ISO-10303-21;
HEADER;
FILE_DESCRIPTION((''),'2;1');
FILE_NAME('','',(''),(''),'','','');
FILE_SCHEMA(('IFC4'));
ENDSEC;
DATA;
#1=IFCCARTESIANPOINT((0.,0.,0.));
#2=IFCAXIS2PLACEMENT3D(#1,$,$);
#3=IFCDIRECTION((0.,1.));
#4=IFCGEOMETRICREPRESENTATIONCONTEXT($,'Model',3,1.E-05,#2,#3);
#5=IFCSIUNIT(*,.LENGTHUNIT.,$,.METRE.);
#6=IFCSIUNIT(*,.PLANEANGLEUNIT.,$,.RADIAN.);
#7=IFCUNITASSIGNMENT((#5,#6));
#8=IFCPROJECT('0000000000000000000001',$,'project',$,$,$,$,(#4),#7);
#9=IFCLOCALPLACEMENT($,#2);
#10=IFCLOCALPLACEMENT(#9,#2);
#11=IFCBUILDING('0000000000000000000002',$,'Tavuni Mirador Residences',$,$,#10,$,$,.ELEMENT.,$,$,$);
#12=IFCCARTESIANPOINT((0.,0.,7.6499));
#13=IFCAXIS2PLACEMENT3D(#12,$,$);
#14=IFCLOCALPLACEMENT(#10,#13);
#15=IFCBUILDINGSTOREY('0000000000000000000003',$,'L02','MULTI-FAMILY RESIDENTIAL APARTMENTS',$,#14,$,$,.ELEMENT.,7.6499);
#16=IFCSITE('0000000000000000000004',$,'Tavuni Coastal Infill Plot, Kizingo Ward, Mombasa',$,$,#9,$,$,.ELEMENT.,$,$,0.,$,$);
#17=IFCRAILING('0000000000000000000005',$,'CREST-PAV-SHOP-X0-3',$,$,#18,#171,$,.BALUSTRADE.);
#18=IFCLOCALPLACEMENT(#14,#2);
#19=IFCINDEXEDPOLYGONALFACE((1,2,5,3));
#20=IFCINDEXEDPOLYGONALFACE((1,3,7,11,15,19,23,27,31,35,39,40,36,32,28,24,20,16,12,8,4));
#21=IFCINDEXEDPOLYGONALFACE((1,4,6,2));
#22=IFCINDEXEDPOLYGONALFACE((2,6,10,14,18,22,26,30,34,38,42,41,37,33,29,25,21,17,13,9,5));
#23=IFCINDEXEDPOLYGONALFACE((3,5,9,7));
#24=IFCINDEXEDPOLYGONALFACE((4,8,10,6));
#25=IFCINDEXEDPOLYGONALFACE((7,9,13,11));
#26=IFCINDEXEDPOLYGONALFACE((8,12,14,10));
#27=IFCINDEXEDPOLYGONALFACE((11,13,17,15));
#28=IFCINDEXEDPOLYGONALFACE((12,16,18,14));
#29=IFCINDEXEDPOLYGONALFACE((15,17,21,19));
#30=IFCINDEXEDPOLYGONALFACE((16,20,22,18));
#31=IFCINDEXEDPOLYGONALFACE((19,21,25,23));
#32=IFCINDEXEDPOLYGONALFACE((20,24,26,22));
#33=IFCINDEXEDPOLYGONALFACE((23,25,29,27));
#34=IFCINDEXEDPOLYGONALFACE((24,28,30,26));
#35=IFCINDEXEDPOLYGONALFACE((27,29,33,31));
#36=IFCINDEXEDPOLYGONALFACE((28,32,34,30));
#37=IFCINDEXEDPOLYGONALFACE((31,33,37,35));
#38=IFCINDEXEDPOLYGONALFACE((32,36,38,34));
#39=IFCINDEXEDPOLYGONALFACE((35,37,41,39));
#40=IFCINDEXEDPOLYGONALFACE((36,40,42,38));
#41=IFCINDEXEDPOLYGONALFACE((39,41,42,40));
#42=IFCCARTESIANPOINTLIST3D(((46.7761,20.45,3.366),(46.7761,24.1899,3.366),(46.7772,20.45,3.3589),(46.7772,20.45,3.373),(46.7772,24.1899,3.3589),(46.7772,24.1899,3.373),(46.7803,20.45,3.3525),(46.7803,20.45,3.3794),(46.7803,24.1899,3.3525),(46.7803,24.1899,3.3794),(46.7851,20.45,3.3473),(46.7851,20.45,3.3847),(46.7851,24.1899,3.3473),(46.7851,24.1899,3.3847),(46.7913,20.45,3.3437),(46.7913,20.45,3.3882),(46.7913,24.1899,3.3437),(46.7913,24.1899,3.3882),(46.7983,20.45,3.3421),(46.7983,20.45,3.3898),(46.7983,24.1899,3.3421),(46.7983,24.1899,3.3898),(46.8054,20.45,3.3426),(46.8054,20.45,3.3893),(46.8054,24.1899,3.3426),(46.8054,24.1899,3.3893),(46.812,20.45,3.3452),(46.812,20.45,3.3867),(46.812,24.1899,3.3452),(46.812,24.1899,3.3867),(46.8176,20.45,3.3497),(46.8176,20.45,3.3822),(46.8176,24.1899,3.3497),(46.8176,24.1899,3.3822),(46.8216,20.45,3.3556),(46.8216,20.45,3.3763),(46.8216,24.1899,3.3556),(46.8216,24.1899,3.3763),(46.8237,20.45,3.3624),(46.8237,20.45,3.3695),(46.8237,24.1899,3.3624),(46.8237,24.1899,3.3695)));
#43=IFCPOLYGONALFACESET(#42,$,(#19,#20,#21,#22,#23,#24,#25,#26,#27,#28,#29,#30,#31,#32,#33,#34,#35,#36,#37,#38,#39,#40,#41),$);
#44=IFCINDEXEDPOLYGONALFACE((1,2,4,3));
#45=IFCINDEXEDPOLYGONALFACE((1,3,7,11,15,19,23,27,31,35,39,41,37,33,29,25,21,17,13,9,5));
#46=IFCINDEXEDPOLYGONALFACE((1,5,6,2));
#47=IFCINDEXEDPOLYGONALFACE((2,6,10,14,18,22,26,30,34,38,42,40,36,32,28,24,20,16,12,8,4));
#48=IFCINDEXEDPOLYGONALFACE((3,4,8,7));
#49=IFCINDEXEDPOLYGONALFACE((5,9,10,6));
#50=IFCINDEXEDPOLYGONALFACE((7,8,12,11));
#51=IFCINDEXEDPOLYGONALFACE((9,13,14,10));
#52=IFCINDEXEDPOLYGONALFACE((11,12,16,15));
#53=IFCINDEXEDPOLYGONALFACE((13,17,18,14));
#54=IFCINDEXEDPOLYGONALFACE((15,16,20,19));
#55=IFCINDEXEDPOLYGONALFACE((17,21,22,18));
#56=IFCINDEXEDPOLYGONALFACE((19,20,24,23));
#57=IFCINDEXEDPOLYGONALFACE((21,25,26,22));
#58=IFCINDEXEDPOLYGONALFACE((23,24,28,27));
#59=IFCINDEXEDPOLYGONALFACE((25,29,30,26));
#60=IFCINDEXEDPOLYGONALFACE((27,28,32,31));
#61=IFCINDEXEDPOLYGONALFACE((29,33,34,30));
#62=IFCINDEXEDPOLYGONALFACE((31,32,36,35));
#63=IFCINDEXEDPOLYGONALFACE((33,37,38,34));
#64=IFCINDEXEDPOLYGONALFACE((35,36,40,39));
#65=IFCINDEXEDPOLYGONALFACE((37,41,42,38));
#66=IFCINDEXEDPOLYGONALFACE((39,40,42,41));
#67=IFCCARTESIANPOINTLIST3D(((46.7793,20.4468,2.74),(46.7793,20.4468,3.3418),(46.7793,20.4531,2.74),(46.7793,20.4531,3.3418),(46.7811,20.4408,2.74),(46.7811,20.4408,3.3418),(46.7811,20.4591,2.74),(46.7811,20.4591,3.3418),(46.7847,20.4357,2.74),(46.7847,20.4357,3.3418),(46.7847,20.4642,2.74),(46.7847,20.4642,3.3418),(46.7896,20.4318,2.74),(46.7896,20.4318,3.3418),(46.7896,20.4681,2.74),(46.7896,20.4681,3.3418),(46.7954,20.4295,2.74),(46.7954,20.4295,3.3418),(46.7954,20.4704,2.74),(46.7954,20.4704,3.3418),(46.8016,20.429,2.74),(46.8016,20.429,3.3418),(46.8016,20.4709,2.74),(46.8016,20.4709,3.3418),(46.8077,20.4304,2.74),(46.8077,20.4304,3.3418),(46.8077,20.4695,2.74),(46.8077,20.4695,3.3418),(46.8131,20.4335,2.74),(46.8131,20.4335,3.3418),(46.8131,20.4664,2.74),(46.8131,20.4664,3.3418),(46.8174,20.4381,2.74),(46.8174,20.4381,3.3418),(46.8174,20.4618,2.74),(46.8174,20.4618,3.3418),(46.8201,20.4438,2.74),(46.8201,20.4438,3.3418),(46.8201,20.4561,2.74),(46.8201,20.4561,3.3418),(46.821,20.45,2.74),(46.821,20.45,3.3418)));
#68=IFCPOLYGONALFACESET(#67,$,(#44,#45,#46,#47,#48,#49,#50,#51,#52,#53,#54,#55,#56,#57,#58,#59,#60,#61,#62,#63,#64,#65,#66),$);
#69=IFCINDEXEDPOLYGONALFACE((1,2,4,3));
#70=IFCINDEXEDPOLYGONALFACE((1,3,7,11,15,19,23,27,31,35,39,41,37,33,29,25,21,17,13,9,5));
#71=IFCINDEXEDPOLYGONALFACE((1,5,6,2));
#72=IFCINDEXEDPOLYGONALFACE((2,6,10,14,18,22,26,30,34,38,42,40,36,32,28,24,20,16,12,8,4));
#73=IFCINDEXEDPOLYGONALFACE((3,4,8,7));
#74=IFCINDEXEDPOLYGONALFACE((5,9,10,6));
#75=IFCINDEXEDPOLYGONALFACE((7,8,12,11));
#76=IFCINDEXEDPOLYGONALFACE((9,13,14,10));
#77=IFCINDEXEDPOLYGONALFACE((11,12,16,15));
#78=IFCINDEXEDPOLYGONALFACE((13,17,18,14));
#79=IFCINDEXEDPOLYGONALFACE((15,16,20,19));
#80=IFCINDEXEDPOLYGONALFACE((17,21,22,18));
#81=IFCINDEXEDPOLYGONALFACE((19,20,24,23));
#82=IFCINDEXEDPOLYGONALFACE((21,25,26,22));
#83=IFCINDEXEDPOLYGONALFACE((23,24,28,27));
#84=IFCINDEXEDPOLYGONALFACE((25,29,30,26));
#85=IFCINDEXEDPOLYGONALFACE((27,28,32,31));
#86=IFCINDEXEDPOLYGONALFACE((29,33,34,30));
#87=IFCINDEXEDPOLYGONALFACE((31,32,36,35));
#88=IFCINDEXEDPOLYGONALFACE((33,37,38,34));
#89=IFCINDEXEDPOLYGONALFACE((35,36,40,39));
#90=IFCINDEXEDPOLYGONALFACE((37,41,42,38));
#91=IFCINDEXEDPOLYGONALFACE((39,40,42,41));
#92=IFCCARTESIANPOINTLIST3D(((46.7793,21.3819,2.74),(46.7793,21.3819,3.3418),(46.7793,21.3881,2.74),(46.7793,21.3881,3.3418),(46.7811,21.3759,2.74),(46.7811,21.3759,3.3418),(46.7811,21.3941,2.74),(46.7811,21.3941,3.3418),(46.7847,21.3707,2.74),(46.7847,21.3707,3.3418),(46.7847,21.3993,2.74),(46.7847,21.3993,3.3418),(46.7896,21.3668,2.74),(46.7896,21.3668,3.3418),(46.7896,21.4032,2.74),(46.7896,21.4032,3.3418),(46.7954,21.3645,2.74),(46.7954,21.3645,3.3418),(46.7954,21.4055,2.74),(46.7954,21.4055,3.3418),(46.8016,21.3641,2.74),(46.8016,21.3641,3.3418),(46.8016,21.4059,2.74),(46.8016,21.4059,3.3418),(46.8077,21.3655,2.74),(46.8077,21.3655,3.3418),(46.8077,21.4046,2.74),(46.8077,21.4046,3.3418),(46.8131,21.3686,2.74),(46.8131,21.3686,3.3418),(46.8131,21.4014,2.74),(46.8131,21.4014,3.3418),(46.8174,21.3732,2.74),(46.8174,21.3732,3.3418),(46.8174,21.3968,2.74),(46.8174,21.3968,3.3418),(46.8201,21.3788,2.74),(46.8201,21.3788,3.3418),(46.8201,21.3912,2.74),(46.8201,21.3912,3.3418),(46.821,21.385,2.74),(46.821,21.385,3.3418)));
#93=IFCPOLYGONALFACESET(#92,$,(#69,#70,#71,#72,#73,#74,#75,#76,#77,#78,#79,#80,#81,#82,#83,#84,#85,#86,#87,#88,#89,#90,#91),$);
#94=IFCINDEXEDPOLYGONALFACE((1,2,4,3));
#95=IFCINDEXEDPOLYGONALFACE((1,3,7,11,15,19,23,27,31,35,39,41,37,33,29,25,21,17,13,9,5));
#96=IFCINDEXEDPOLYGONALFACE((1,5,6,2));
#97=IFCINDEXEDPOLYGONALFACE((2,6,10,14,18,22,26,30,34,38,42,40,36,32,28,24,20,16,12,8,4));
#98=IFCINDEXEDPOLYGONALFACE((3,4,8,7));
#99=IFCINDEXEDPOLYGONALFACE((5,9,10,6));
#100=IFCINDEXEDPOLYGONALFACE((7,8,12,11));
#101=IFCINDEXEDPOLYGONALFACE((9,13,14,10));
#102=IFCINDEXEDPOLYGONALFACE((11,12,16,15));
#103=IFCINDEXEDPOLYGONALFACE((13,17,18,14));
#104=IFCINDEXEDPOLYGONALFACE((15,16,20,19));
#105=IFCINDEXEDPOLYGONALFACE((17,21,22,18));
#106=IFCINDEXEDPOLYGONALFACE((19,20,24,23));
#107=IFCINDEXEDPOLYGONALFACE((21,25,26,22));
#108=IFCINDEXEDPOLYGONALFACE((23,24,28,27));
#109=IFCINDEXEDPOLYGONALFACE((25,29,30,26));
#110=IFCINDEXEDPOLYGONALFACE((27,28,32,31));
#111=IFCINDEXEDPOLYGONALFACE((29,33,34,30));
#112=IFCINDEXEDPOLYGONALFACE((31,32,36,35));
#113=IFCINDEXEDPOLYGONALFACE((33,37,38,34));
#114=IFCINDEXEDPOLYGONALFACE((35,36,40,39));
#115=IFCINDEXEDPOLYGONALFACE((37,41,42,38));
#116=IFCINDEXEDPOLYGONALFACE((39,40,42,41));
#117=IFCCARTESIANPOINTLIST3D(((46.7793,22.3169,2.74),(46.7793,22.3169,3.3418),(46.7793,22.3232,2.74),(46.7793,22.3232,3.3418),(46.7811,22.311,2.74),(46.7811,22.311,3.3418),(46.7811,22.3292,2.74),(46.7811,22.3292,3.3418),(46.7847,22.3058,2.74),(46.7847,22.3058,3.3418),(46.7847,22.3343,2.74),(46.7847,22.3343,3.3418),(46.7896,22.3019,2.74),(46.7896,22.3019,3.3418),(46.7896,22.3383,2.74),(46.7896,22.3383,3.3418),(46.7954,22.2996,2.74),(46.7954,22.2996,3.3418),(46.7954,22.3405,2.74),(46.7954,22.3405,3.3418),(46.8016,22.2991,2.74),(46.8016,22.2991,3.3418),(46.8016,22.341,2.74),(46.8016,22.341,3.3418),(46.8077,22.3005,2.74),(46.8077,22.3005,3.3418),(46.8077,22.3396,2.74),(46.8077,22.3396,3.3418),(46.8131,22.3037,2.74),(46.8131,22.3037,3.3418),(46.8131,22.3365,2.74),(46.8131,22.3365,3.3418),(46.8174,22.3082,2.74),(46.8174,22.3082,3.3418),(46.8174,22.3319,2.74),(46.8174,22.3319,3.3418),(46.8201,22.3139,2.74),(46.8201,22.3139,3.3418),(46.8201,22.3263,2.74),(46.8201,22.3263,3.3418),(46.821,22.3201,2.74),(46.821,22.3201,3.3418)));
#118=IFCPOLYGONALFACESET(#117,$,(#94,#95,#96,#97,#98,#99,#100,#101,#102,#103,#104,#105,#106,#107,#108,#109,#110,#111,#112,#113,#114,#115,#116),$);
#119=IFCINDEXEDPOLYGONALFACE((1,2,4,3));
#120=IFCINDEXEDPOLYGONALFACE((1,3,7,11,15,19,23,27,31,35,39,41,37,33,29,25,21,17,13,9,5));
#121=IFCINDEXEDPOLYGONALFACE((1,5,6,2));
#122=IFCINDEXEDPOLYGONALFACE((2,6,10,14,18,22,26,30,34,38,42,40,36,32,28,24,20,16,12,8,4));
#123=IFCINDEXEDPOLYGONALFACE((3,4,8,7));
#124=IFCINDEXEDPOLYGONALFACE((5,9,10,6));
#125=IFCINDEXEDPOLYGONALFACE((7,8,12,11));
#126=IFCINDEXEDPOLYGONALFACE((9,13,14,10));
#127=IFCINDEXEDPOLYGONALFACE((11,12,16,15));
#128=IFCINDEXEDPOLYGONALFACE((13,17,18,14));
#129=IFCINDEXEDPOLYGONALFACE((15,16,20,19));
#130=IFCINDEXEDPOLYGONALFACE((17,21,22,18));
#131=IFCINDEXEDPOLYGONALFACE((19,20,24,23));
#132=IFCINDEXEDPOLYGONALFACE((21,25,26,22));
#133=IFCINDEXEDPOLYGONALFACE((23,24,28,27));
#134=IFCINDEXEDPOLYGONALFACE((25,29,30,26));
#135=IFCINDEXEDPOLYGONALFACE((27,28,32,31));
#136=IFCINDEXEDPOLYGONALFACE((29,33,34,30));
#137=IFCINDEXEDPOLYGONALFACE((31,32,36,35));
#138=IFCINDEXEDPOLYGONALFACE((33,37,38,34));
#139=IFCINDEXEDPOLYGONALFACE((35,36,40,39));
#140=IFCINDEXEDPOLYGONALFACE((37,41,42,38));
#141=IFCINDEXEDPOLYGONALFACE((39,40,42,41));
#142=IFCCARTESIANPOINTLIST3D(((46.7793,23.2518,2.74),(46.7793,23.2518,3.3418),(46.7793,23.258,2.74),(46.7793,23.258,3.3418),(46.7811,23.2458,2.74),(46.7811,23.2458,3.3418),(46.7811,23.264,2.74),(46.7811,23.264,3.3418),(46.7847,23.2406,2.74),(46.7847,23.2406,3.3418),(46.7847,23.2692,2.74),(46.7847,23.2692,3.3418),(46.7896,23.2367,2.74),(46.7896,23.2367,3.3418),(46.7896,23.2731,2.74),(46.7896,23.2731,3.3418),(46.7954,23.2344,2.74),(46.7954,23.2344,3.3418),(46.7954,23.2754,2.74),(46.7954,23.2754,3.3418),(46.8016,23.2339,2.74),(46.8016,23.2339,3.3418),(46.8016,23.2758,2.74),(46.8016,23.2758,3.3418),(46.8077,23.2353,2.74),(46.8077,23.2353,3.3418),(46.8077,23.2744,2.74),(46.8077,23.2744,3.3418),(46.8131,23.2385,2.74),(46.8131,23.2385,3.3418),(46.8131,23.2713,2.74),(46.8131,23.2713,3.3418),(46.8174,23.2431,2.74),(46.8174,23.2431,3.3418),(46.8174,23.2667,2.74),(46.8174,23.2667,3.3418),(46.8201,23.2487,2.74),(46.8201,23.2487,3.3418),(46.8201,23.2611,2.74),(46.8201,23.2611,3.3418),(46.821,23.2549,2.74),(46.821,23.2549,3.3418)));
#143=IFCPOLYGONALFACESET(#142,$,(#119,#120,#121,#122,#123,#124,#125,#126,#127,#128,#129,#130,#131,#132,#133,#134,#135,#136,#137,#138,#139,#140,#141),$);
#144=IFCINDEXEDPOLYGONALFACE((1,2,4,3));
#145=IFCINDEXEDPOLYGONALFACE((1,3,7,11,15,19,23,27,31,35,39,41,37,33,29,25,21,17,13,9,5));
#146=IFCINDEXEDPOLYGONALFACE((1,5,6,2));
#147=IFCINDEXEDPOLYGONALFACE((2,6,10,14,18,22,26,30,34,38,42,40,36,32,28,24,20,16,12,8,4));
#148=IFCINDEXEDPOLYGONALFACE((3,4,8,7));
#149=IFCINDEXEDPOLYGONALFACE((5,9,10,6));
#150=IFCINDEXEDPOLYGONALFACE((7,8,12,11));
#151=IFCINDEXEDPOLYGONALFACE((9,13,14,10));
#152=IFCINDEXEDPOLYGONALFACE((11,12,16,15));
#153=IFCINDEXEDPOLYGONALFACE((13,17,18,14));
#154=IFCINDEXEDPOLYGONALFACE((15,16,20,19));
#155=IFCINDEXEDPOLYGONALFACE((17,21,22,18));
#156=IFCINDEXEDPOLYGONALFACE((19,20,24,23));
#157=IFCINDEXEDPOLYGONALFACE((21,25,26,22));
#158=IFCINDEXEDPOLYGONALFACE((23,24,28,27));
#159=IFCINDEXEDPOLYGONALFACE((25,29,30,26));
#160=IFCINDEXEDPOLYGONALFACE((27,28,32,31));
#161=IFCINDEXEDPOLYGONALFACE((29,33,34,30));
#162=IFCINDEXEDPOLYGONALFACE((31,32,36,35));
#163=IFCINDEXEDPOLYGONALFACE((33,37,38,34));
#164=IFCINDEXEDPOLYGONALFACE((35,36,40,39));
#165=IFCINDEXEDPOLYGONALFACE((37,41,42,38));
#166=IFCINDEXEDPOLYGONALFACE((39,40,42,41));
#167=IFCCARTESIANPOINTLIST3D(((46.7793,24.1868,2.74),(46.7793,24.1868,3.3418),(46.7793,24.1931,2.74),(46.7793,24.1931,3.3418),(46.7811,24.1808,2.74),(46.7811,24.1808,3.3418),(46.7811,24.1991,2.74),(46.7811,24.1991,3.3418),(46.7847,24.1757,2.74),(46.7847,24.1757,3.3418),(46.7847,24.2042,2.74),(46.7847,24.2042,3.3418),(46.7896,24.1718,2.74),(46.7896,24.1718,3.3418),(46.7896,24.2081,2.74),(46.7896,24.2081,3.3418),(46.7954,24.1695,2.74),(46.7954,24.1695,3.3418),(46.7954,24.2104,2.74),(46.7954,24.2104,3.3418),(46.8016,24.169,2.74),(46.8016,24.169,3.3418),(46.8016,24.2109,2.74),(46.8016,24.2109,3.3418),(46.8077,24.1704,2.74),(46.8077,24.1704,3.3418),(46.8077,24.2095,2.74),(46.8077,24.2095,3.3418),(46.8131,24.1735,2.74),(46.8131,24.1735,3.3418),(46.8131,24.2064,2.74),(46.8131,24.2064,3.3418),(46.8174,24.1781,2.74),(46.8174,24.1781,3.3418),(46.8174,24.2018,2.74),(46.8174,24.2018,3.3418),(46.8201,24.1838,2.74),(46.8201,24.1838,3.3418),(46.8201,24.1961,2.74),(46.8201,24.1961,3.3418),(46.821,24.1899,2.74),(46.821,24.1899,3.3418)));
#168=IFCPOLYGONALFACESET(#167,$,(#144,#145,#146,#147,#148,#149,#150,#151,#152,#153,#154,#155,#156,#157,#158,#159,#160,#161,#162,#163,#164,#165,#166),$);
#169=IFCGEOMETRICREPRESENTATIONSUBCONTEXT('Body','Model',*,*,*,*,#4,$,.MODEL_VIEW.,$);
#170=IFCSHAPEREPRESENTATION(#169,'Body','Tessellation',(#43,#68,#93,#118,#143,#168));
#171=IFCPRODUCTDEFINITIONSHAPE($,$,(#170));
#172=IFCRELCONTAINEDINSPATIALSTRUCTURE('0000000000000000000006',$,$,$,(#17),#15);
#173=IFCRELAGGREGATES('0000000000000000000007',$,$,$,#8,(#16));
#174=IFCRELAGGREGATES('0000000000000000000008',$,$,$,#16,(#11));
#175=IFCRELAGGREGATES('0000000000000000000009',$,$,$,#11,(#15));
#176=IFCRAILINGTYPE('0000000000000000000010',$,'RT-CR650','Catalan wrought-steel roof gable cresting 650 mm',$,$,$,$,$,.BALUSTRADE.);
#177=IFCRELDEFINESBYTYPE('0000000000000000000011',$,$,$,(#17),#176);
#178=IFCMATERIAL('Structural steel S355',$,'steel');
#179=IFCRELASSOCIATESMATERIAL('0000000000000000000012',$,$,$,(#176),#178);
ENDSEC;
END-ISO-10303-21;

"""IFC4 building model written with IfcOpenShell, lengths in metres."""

from ifc_helpers import new_model, si_unit, direction, frame, origin, origin_2d, place, context, subcontext, project, spatial, circle, extrude, material, type_object, element, save


model = new_model("IFC4")

# Units and contexts
model_context = context("Model", 3, precision=1e-05, world=origin(), true_north=direction((0.0, 1.0)))
body_context = subcontext(model_context, "Body", "Model", "MODEL_VIEW")
ifc_project = project(units=[si_unit("LENGTHUNIT", "METRE"), si_unit("PLANEANGLEUNIT", "RADIAN")], contexts=[model_context])

# Site, building, storey
site_placement = place(None, origin())
site = spatial("IfcSite", under=ifc_project, at=site_placement, Name="Tavuni Coastal Infill Plot, Kizingo Ward, Mombasa", CompositionType="ELEMENT", RefElevation=0.0)
building_placement = place(site_placement, origin())
building = spatial("IfcBuilding", under=site, at=building_placement, Name="Tavuni Mirador Residences", CompositionType="ELEMENT")
storey_placement = place(building_placement, frame((0.0, 0.0, 7.6499)))
storey = spatial("IfcBuildingStorey", under=building, at=storey_placement, Name="L02", Description="MULTI-FAMILY RESIDENTIAL APARTMENTS", CompositionType="ELEMENT", Elevation=7.6499)

# Shared definitions
ifc_material_1 = material(Name="Structural steel S355", Category="steel")

# Railing
railing_type = type_object("IfcRailingType", Name="RT-CR650", Description="Catalan wrought-steel roof gable cresting 650 mm", PredefinedType="BALUSTRADE", material=ifc_material_1)
for number, where, name in (
    (1, (46.8, 20.45, 2.74), "CREST-PAV-SHOP-X0-3"),
):
    element("IfcRailing", number, at=place(storey_placement, frame(where)), inside=storey, type_object=railing_type, Name=name, PredefinedType="BALUSTRADE", context=body_context, shape_type="SweptSolid", body=[
        extrude(circle(Radius=0.0239, at=origin_2d()), frame((0.0, 0.0, 0.626), z_axis=(0.0, 1.0, 0.0), x_axis=(-1.0, 0.0, 0.0)), (0.0, 0.0, 1.0), 3.74),
        extrude(circle(Radius=0.021, at=origin_2d()), origin(), (0.0, 0.0, 1.0), 0.6018),
        extrude(circle(Radius=0.021, at=origin_2d()), frame((0.0, 0.9351, 0.0)), (0.0, 0.0, 1.0), 0.6018),
        extrude(circle(Radius=0.021, at=origin_2d()), frame((0.0, 1.8701, 0.0)), (0.0, 0.0, 1.0), 0.6018),
        extrude(circle(Radius=0.021, at=origin_2d()), frame((0.0, 2.8049, 0.0)), (0.0, 0.0, 1.0), 0.6018),
        extrude(circle(Radius=0.021, at=origin_2d()), frame((0.0, 3.74, 0.0)), (0.0, 0.0, 1.0), 0.6018),
    ])

save(model, "model.ifc")
